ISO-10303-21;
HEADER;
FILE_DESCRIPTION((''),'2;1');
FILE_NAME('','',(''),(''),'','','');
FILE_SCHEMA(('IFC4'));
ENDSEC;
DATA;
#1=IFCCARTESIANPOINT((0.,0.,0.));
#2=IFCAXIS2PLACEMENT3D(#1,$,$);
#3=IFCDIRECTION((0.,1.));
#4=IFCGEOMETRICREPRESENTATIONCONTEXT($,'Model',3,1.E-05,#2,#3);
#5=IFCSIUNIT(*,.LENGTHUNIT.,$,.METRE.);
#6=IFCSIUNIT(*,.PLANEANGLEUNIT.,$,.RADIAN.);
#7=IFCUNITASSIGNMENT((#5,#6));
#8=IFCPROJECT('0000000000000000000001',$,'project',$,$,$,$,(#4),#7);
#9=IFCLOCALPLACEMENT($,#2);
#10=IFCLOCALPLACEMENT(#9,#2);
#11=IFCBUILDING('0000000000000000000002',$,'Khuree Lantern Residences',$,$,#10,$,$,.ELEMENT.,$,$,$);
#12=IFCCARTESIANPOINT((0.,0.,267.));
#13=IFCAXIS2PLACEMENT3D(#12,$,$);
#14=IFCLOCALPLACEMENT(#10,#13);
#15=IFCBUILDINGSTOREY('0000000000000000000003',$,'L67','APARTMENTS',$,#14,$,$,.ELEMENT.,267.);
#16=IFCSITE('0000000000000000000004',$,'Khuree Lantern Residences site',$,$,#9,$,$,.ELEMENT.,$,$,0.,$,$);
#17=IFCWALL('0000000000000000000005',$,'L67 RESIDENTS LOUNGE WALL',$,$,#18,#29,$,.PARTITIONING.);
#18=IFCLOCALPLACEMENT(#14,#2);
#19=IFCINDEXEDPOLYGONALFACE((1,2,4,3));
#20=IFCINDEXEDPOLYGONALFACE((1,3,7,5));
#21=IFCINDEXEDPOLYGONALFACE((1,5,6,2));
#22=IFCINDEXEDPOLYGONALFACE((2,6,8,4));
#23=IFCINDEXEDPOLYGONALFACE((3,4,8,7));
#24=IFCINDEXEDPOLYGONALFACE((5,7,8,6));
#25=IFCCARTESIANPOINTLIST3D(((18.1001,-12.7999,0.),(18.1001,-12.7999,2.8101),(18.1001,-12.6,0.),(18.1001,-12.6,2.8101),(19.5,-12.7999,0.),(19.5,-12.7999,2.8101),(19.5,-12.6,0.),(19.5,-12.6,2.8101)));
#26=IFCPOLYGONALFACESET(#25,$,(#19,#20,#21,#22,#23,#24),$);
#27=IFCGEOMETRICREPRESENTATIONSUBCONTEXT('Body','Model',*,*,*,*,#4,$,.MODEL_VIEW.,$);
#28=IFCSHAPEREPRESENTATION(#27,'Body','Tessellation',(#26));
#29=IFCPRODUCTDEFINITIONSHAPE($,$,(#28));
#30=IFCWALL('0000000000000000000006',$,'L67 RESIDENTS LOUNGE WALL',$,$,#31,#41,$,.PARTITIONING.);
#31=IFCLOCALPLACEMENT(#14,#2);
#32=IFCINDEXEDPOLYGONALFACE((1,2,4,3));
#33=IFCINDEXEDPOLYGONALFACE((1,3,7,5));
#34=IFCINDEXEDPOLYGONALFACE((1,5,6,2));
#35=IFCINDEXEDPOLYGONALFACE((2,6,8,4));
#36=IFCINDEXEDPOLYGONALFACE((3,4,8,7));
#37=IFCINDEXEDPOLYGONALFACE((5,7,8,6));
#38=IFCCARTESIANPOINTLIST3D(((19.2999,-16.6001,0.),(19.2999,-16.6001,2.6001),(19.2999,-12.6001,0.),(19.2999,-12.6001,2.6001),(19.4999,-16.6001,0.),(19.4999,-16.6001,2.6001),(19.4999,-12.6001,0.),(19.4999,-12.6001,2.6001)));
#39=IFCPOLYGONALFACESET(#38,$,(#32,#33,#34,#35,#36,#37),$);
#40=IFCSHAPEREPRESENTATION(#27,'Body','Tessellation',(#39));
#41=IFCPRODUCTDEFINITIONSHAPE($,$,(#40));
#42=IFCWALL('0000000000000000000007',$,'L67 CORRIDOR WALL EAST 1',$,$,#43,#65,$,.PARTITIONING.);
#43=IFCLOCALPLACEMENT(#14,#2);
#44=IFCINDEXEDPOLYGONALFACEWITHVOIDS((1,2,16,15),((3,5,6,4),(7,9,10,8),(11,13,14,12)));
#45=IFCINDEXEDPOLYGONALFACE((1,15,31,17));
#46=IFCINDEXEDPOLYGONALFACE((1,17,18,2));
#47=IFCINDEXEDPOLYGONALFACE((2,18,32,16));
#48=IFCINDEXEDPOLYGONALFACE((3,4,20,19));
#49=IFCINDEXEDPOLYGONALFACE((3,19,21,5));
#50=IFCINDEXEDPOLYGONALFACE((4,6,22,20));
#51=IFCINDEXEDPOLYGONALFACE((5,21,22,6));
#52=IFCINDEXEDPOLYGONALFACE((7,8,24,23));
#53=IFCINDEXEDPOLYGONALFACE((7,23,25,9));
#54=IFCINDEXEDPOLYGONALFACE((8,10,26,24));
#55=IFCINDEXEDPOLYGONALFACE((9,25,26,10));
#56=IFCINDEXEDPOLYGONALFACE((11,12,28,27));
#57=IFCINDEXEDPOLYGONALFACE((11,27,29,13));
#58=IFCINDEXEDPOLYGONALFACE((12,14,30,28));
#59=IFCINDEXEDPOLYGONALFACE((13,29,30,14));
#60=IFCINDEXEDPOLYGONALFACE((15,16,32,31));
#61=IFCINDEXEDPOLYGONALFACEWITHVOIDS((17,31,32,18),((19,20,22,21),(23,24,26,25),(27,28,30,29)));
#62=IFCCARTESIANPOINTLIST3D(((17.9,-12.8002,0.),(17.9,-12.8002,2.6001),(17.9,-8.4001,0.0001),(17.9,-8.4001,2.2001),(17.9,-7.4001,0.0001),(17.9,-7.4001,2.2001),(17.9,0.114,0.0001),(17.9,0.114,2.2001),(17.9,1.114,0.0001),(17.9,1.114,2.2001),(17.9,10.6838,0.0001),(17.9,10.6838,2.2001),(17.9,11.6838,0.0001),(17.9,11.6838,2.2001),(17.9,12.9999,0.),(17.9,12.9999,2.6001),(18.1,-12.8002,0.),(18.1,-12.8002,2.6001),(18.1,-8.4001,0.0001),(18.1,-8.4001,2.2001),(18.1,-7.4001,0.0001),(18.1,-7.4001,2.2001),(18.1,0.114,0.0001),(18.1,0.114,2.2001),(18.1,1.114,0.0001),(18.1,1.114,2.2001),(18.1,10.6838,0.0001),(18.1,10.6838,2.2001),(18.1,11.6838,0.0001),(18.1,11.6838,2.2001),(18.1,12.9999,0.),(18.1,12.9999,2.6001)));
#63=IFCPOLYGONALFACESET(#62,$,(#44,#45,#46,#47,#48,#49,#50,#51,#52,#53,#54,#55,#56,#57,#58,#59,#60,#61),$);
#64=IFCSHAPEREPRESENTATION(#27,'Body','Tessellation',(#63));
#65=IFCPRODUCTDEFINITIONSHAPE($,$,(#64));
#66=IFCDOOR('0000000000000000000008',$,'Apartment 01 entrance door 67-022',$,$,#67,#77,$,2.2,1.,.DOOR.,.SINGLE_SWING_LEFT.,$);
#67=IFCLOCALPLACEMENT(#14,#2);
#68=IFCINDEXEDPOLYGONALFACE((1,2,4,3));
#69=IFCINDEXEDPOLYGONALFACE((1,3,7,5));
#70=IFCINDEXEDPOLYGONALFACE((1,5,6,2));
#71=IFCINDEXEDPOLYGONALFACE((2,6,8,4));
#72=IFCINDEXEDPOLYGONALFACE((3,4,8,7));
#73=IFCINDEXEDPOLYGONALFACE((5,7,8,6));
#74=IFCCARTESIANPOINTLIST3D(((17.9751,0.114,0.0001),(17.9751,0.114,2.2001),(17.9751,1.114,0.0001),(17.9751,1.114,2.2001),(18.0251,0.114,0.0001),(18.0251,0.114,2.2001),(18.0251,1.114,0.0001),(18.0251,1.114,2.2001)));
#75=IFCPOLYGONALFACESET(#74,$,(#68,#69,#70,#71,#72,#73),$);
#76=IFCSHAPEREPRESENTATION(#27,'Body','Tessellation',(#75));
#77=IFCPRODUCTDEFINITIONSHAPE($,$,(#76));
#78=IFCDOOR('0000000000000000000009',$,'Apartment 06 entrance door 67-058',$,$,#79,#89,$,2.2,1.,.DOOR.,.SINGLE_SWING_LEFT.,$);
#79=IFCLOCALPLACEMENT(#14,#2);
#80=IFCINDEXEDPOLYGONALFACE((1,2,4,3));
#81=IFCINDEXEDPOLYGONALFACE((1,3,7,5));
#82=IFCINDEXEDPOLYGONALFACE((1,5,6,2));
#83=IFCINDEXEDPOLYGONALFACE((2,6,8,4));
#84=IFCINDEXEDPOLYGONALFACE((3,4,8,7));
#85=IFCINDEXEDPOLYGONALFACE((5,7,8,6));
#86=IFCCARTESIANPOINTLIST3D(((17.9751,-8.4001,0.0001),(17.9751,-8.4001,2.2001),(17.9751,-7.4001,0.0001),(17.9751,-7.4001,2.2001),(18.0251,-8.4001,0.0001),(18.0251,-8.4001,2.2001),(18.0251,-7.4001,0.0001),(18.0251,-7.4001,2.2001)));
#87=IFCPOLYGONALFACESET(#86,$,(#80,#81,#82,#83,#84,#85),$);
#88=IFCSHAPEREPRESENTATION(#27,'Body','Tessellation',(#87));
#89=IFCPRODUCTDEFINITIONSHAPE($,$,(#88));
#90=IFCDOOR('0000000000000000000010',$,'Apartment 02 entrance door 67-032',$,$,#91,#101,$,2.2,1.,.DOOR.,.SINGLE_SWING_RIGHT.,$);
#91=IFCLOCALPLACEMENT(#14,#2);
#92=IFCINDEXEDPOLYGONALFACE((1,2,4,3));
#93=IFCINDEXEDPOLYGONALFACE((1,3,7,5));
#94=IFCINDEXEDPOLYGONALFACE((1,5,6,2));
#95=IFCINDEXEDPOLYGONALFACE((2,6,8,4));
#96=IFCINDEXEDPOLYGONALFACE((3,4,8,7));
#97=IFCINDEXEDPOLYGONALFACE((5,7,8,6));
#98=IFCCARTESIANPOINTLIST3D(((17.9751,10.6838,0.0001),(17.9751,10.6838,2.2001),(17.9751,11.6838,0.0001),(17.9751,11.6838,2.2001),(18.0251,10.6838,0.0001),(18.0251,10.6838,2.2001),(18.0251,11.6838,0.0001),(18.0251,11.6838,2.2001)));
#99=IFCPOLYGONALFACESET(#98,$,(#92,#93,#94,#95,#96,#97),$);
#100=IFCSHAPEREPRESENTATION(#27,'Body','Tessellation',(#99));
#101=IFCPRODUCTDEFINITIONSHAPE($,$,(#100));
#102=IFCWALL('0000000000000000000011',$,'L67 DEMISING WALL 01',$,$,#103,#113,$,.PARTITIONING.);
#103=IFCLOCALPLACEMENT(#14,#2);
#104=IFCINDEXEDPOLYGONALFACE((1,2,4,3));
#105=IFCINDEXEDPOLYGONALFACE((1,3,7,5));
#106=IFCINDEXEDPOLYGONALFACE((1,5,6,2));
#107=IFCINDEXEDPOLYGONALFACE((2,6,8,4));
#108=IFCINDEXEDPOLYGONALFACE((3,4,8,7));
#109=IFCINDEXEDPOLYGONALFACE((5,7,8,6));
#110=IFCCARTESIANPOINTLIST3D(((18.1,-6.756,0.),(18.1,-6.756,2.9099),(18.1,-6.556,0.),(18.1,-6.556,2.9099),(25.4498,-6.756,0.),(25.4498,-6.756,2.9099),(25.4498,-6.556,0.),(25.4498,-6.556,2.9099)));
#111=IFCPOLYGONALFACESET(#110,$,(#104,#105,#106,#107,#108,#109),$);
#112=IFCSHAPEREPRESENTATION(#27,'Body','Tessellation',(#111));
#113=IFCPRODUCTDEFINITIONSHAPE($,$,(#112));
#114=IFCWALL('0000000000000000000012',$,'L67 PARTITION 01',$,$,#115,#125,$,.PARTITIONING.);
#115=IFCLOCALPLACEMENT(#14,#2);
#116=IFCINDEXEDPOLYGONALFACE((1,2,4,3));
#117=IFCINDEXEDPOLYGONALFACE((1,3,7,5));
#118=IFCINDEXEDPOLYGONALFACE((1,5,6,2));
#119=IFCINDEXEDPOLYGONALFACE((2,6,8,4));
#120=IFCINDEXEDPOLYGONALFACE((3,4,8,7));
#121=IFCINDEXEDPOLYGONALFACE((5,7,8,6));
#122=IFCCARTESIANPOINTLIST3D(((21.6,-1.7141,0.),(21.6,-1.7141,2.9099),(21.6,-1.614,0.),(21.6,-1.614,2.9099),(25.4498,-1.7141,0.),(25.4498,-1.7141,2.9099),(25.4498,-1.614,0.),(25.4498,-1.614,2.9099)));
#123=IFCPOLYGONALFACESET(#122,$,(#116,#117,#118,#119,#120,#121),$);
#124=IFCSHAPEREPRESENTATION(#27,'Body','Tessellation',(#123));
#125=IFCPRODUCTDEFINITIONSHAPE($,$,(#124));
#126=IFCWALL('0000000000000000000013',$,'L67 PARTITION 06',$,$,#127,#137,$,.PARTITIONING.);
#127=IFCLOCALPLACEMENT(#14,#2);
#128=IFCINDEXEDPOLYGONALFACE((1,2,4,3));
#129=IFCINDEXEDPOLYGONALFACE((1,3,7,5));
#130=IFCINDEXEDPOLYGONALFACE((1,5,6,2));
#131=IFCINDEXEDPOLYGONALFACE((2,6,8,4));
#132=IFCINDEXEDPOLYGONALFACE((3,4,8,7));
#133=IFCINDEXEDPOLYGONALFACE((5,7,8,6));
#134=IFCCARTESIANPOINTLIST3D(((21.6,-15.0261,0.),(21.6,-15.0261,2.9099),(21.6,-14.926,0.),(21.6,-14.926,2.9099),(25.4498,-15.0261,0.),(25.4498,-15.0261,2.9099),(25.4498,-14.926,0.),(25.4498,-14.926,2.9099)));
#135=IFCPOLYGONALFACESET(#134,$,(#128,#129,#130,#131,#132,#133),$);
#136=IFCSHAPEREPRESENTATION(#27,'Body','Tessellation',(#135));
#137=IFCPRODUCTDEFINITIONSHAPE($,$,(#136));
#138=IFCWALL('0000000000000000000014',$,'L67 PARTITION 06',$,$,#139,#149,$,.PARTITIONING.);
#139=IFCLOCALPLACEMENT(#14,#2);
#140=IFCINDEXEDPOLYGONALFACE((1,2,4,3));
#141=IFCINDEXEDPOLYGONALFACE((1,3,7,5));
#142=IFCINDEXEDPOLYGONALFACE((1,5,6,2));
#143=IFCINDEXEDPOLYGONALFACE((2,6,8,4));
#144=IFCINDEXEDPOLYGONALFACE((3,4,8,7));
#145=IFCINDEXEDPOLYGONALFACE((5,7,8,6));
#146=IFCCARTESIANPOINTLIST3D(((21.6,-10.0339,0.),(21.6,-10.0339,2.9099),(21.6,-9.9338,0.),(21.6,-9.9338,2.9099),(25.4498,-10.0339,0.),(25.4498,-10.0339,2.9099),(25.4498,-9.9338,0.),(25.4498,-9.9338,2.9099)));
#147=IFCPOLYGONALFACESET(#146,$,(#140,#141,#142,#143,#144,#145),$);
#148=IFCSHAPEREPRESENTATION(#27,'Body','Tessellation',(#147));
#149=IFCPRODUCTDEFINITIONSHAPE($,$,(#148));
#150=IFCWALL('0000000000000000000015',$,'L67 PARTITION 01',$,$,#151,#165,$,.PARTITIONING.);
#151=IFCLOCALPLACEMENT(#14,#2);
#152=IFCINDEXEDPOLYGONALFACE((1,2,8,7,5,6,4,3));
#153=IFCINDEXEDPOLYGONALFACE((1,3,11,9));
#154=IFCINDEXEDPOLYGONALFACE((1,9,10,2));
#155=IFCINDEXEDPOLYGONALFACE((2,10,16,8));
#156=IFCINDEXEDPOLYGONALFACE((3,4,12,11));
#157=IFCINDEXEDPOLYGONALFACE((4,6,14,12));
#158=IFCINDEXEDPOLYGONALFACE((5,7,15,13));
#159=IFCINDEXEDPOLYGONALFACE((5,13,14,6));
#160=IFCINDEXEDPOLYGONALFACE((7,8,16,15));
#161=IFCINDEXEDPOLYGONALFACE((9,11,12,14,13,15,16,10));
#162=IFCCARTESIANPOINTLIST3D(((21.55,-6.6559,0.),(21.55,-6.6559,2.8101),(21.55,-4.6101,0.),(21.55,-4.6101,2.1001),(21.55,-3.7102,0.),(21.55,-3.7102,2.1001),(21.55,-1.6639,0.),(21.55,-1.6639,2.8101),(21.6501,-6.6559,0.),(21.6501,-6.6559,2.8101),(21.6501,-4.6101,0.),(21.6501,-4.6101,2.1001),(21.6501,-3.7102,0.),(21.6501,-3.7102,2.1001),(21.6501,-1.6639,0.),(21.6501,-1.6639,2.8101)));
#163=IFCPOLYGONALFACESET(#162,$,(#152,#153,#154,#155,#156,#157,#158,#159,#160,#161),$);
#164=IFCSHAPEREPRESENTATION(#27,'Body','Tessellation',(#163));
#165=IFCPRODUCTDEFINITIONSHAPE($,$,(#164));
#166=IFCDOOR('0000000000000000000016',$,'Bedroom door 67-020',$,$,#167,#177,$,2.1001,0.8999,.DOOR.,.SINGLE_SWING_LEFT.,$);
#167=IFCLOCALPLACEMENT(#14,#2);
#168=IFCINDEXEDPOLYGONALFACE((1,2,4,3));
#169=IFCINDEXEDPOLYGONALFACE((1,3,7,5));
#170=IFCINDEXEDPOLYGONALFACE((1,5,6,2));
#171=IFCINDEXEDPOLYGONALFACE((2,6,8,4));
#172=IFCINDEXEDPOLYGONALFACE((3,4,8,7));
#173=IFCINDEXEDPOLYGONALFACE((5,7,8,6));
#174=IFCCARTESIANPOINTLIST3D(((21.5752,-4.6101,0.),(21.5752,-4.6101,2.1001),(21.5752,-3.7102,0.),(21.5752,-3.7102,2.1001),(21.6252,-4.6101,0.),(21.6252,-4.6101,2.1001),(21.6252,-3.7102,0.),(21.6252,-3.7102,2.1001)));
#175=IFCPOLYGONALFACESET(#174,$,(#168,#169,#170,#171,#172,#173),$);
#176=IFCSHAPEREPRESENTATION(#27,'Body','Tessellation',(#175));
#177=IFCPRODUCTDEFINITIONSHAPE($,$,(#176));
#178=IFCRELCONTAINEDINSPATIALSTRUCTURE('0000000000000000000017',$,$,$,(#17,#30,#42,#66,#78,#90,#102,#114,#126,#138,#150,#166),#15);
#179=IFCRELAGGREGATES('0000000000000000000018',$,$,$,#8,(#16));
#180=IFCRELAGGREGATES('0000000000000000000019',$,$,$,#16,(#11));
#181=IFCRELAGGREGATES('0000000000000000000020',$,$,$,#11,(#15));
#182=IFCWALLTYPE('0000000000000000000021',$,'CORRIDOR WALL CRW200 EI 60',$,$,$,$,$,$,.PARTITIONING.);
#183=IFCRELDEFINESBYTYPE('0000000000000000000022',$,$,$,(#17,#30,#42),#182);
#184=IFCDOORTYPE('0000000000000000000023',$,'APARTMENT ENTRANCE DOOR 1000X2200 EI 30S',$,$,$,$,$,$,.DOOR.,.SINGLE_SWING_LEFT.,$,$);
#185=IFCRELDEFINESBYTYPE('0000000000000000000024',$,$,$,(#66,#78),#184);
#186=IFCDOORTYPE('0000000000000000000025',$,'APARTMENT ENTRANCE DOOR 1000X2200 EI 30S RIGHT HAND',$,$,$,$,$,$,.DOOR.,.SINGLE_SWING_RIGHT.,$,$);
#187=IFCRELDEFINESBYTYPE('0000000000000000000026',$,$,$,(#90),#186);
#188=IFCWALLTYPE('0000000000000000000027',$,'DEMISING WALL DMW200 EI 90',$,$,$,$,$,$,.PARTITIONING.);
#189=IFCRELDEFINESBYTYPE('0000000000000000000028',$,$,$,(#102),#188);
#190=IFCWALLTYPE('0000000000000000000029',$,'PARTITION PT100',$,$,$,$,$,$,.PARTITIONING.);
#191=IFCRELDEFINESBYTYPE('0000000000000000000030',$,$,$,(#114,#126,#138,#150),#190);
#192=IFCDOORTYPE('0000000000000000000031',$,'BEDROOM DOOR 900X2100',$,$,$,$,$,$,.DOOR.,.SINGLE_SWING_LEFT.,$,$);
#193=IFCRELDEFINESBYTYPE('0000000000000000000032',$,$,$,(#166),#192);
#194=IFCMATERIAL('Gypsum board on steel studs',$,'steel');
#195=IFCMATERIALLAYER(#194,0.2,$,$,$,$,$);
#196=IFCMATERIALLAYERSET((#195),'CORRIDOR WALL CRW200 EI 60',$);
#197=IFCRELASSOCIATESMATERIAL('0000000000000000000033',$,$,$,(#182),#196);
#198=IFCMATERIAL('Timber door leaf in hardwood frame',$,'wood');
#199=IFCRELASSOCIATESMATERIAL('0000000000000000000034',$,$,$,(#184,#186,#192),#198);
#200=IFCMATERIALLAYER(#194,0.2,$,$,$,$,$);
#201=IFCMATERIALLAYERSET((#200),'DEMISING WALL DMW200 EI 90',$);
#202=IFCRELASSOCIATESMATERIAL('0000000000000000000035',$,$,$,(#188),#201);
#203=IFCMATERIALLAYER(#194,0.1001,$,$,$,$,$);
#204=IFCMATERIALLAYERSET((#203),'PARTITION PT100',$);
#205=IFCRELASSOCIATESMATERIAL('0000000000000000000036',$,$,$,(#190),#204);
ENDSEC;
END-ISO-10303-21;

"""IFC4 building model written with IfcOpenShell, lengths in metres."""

from ifc_helpers import new_model, si_unit, direction, frame, frame_2d, origin, place, context, subcontext, project, spatial, rectangle, extrude, material, layer, layer_set, type_object, element, fill, save


model = new_model("IFC4")

# Units and contexts
model_context = context("Model", 3, precision=1e-05, world=origin(), true_north=direction((0.0, 1.0)))
body_context = subcontext(model_context, "Body", "Model", "MODEL_VIEW")
ifc_project = project(units=[si_unit("LENGTHUNIT", "METRE"), si_unit("PLANEANGLEUNIT", "RADIAN")], contexts=[model_context])

# Site, building, storey
site_placement = place(None, origin())
site = spatial("IfcSite", under=ifc_project, at=site_placement, Name="Khuree Lantern Residences site", CompositionType="ELEMENT", RefElevation=0.0)
building_placement = place(site_placement, origin())
building = spatial("IfcBuilding", under=site, at=building_placement, Name="Khuree Lantern Residences", CompositionType="ELEMENT")
storey_placement = place(building_placement, frame((0.0, 0.0, 267.0)))
storey = spatial("IfcBuildingStorey", under=building, at=storey_placement, Name="L67", Description="APARTMENTS", CompositionType="ELEMENT", Elevation=267.0)

# Shared definitions
ifc_material_1 = material(Name="Timber door leaf in hardwood frame", Category="wood")

# Walls
ifc_material_2 = material(Name="Gypsum board on steel studs", Category="steel")
ifc_layer_1 = layer(ifc_material_2, 0.2)
ifc_layer_set_1 = layer_set([ifc_layer_1], Name="CORRIDOR WALL CRW200 EI 60")
wall_type_1 = type_object("IfcWallType", Name="CORRIDOR WALL CRW200 EI 60", PredefinedType="PARTITIONING", material=ifc_layer_set_1)
wall_1_placement = place(storey_placement, frame((18.1001, -12.7, 0.0), z_axis=(0.0, 0.0, 1.0), x_axis=(1.0, 0.0, 0.0)))
element("IfcWall", 1, at=wall_1_placement, inside=storey, type_object=wall_type_1, Name="L67 RESIDENTS LOUNGE WALL", PredefinedType="PARTITIONING", context=body_context, shape_type="SweptSolid", body=[
    extrude(rectangle(XDim=1.3999, YDim=0.2, at=frame_2d((0.7, 0.0))), origin(), (0.0, 0.0, 1.0), 2.8101),
])
wall_2_placement = place(storey_placement, frame((19.3999, -12.6001, 0.0), z_axis=(0.0, 0.0, 1.0), x_axis=(0.0, -1.0, 0.0)))
element("IfcWall", 2, at=wall_2_placement, inside=storey, type_object=wall_type_1, Name="L67 RESIDENTS LOUNGE WALL", PredefinedType="PARTITIONING", context=body_context, shape_type="SweptSolid", body=[
    extrude(rectangle(XDim=4.0, YDim=0.2, at=frame_2d((2.0, 0.0))), origin(), (0.0, 0.0, 1.0), 2.6001),
])

# Wall, openings, doors
wall_3_placement = place(storey_placement, frame((18.0, -12.8, 0.0), z_axis=(0.0, 0.0, 1.0), x_axis=(0.0, 1.0, 0.0)))
wall_3 = element("IfcWall", 3, at=wall_3_placement, inside=storey, type_object=wall_type_1, Name="L67 CORRIDOR WALL EAST 1", PredefinedType="PARTITIONING", context=body_context, shape_type="SweptSolid", body=[
    extrude(rectangle(XDim=25.8, YDim=0.2, at=frame_2d((12.8999, 0.0))), origin(), (0.0, 0.0, 1.0), 2.6001),
])
opening_1_placement = place(wall_3_placement, frame((12.9141, 0.0, 0.0)))
opening_1 = element("IfcOpeningElement", 4, at=opening_1_placement, cuts=wall_3, PredefinedType="OPENING", context=body_context, shape_type="SweptSolid", body=[
    extrude(rectangle(XDim=1.0, YDim=2.2, at=frame_2d((0.5, 1.1001))), frame((0.0, 0.1099, 0.0), z_axis=(0.0, -1.0, 0.0), x_axis=(1.0, 0.0, 0.0)), (0.0, 0.0, 1.0), 0.22),
])
opening_2_placement = place(wall_3_placement, frame((23.4839, 0.0, 0.0)))
opening_2 = element("IfcOpeningElement", 5, at=opening_2_placement, cuts=wall_3, PredefinedType="OPENING", context=body_context, shape_type="SweptSolid", body=[
    extrude(rectangle(XDim=1.0, YDim=2.2, at=frame_2d((0.5, 1.1001))), frame((0.0, 0.1099, 0.0), z_axis=(0.0, -1.0, 0.0), x_axis=(1.0, 0.0, 0.0)), (0.0, 0.0, 1.0), 0.22),
])
opening_3_placement = place(wall_3_placement, frame((4.3999, 0.0, 0.0)))
opening_3 = element("IfcOpeningElement", 6, at=opening_3_placement, cuts=wall_3, PredefinedType="OPENING", context=body_context, shape_type="SweptSolid", body=[
    extrude(rectangle(XDim=1.0, YDim=2.2, at=frame_2d((0.5, 1.1001))), frame((0.0, 0.1099, 0.0), z_axis=(0.0, -1.0, 0.0), x_axis=(1.0, 0.0, 0.0)), (0.0, 0.0, 1.0), 0.22),
])
door_type_1 = type_object("IfcDoorType", Name="APARTMENT ENTRANCE DOOR 1000X2200 EI 30S", OperationType="SINGLE_SWING_LEFT", PredefinedType="DOOR", material=ifc_material_1)
door_1_placement = place(opening_1_placement, origin())
door_1 = element("IfcDoor", 7, at=door_1_placement, inside=storey, type_object=door_type_1, Name="Apartment 01 entrance door 67-022", OperationType="SINGLE_SWING_LEFT", OverallHeight=2.2, OverallWidth=1.0, PredefinedType="DOOR", context=body_context, shape_type="SweptSolid", body=[
    extrude(rectangle(XDim=1.0, YDim=2.2, at=frame_2d((0.5, 1.1001))), frame((0.0, 0.0249, 0.0), z_axis=(0.0, -1.0, 0.0), x_axis=(1.0, 0.0, 0.0)), (0.0, 0.0, 1.0), 0.05),
])
fill(opening_1, door_1)
door_2_placement = place(opening_3_placement, origin())
door_2 = element("IfcDoor", 8, at=door_2_placement, inside=storey, type_object=door_type_1, Name="Apartment 06 entrance door 67-058", OperationType="SINGLE_SWING_LEFT", OverallHeight=2.2, OverallWidth=1.0, PredefinedType="DOOR", context=body_context, shape_type="SweptSolid", body=[
    extrude(rectangle(XDim=1.0, YDim=2.2, at=frame_2d((0.5, 1.1001))), frame((0.0, 0.0249, 0.0), z_axis=(0.0, -1.0, 0.0), x_axis=(1.0, 0.0, 0.0)), (0.0, 0.0, 1.0), 0.05),
])
fill(opening_3, door_2)
door_type_2 = type_object("IfcDoorType", Name="APARTMENT ENTRANCE DOOR 1000X2200 EI 30S RIGHT HAND", OperationType="SINGLE_SWING_RIGHT", PredefinedType="DOOR", material=ifc_material_1)
door_3_placement = place(opening_2_placement, origin())
door_3 = element("IfcDoor", 9, at=door_3_placement, inside=storey, type_object=door_type_2, Name="Apartment 02 entrance door 67-032", OperationType="SINGLE_SWING_RIGHT", OverallHeight=2.2, OverallWidth=1.0, PredefinedType="DOOR", context=body_context, shape_type="SweptSolid", body=[
    extrude(rectangle(XDim=1.0, YDim=2.2, at=frame_2d((0.5, 1.1001))), frame((0.0, 0.0249, 0.0), z_axis=(0.0, -1.0, 0.0), x_axis=(1.0, 0.0, 0.0)), (0.0, 0.0, 1.0), 0.05),
])
fill(opening_2, door_3)

# Walls
ifc_layer_2 = layer(ifc_material_2, 0.2)
ifc_layer_set_2 = layer_set([ifc_layer_2], Name="DEMISING WALL DMW200 EI 90")
wall_type_2 = type_object("IfcWallType", Name="DEMISING WALL DMW200 EI 90", PredefinedType="PARTITIONING", material=ifc_layer_set_2)
wall_4_placement = place(storey_placement, frame((18.1001, -6.656, 0.0), z_axis=(0.0, 0.0, 1.0), x_axis=(1.0, 0.0, 0.0)))
element("IfcWall", 10, at=wall_4_placement, inside=storey, type_object=wall_type_2, Name="L67 DEMISING WALL 01", PredefinedType="PARTITIONING", context=body_context, shape_type="SweptSolid", body=[
    extrude(rectangle(XDim=7.3499, YDim=0.2, at=frame_2d((3.6748, 0.0))), origin(), (0.0, 0.0, 1.0), 2.9099),
])
ifc_layer_3 = layer(ifc_material_2, 0.1001)
ifc_layer_set_3 = layer_set([ifc_layer_3], Name="PARTITION PT100")
wall_type_3 = type_object("IfcWallType", Name="PARTITION PT100", PredefinedType="PARTITIONING", material=ifc_layer_set_3)
for number, where, z_axis, x_axis, name in (
    (11, (21.6001, -1.6641, 0.0), (0.0, 0.0, 1.0), (1.0, 0.0, 0.0), "L67 PARTITION 01"),
    (12, (21.6001, -14.9761, 0.0), (0.0, 0.0, 1.0), (1.0, 0.0, 0.0), "L67 PARTITION 06"),
    (13, (21.6001, -9.9839, 0.0), (0.0, 0.0, 1.0), (1.0, 0.0, 0.0), "L67 PARTITION 06"),
):
    element("IfcWall", number, at=place(storey_placement, frame(where, z_axis=z_axis, x_axis=x_axis)), inside=storey, type_object=wall_type_3, Name=name, PredefinedType="PARTITIONING", context=body_context, shape_type="SweptSolid", body=[
        extrude(rectangle(XDim=3.8499, YDim=0.1001, at=frame_2d((1.9248, 0.0))), origin(), (0.0, 0.0, 1.0), 2.9099),
    ])

# Wall, opening, door
wall_5_placement = place(storey_placement, frame((21.6001, -6.656, 0.0), z_axis=(0.0, 0.0, 1.0), x_axis=(0.0, 1.0, 0.0)))
wall_5 = element("IfcWall", 14, at=wall_5_placement, inside=storey, type_object=wall_type_3, Name="L67 PARTITION 01", PredefinedType="PARTITIONING", context=body_context, shape_type="SweptSolid", body=[
    extrude(rectangle(XDim=4.9919, YDim=0.1001, at=frame_2d((2.4961, 0.0))), origin(), (0.0, 0.0, 1.0), 2.8101),
])
opening_4_placement = place(wall_5_placement, frame((2.0459, 0.0, 0.0)))
opening_4 = element("IfcOpeningElement", 15, at=opening_4_placement, cuts=wall_5, PredefinedType="OPENING", context=body_context, shape_type="SweptSolid", body=[
    extrude(rectangle(XDim=0.8999, YDim=2.1001, at=frame_2d((0.45, 1.05))), frame((0.0, 0.0601, 0.0), z_axis=(0.0, -1.0, 0.0), x_axis=(1.0, 0.0, 0.0)), (0.0, 0.0, 1.0), 0.1201),
])
door_type_3 = type_object("IfcDoorType", Name="BEDROOM DOOR 900X2100", OperationType="SINGLE_SWING_LEFT", PredefinedType="DOOR", material=ifc_material_1)
door_4_placement = place(opening_4_placement, origin())
door_4 = element("IfcDoor", 16, at=door_4_placement, inside=storey, type_object=door_type_3, Name="Bedroom door 67-020", OperationType="SINGLE_SWING_LEFT", OverallHeight=2.1001, OverallWidth=0.8999, PredefinedType="DOOR", context=body_context, shape_type="SweptSolid", body=[
    extrude(rectangle(XDim=0.8999, YDim=2.1001, at=frame_2d((0.45, 1.05))), frame((0.0, 0.0249, 0.0), z_axis=(0.0, -1.0, 0.0), x_axis=(1.0, 0.0, 0.0)), (0.0, 0.0, 1.0), 0.05),
])
fill(opening_4, door_4)

save(model, "model.ifc")
